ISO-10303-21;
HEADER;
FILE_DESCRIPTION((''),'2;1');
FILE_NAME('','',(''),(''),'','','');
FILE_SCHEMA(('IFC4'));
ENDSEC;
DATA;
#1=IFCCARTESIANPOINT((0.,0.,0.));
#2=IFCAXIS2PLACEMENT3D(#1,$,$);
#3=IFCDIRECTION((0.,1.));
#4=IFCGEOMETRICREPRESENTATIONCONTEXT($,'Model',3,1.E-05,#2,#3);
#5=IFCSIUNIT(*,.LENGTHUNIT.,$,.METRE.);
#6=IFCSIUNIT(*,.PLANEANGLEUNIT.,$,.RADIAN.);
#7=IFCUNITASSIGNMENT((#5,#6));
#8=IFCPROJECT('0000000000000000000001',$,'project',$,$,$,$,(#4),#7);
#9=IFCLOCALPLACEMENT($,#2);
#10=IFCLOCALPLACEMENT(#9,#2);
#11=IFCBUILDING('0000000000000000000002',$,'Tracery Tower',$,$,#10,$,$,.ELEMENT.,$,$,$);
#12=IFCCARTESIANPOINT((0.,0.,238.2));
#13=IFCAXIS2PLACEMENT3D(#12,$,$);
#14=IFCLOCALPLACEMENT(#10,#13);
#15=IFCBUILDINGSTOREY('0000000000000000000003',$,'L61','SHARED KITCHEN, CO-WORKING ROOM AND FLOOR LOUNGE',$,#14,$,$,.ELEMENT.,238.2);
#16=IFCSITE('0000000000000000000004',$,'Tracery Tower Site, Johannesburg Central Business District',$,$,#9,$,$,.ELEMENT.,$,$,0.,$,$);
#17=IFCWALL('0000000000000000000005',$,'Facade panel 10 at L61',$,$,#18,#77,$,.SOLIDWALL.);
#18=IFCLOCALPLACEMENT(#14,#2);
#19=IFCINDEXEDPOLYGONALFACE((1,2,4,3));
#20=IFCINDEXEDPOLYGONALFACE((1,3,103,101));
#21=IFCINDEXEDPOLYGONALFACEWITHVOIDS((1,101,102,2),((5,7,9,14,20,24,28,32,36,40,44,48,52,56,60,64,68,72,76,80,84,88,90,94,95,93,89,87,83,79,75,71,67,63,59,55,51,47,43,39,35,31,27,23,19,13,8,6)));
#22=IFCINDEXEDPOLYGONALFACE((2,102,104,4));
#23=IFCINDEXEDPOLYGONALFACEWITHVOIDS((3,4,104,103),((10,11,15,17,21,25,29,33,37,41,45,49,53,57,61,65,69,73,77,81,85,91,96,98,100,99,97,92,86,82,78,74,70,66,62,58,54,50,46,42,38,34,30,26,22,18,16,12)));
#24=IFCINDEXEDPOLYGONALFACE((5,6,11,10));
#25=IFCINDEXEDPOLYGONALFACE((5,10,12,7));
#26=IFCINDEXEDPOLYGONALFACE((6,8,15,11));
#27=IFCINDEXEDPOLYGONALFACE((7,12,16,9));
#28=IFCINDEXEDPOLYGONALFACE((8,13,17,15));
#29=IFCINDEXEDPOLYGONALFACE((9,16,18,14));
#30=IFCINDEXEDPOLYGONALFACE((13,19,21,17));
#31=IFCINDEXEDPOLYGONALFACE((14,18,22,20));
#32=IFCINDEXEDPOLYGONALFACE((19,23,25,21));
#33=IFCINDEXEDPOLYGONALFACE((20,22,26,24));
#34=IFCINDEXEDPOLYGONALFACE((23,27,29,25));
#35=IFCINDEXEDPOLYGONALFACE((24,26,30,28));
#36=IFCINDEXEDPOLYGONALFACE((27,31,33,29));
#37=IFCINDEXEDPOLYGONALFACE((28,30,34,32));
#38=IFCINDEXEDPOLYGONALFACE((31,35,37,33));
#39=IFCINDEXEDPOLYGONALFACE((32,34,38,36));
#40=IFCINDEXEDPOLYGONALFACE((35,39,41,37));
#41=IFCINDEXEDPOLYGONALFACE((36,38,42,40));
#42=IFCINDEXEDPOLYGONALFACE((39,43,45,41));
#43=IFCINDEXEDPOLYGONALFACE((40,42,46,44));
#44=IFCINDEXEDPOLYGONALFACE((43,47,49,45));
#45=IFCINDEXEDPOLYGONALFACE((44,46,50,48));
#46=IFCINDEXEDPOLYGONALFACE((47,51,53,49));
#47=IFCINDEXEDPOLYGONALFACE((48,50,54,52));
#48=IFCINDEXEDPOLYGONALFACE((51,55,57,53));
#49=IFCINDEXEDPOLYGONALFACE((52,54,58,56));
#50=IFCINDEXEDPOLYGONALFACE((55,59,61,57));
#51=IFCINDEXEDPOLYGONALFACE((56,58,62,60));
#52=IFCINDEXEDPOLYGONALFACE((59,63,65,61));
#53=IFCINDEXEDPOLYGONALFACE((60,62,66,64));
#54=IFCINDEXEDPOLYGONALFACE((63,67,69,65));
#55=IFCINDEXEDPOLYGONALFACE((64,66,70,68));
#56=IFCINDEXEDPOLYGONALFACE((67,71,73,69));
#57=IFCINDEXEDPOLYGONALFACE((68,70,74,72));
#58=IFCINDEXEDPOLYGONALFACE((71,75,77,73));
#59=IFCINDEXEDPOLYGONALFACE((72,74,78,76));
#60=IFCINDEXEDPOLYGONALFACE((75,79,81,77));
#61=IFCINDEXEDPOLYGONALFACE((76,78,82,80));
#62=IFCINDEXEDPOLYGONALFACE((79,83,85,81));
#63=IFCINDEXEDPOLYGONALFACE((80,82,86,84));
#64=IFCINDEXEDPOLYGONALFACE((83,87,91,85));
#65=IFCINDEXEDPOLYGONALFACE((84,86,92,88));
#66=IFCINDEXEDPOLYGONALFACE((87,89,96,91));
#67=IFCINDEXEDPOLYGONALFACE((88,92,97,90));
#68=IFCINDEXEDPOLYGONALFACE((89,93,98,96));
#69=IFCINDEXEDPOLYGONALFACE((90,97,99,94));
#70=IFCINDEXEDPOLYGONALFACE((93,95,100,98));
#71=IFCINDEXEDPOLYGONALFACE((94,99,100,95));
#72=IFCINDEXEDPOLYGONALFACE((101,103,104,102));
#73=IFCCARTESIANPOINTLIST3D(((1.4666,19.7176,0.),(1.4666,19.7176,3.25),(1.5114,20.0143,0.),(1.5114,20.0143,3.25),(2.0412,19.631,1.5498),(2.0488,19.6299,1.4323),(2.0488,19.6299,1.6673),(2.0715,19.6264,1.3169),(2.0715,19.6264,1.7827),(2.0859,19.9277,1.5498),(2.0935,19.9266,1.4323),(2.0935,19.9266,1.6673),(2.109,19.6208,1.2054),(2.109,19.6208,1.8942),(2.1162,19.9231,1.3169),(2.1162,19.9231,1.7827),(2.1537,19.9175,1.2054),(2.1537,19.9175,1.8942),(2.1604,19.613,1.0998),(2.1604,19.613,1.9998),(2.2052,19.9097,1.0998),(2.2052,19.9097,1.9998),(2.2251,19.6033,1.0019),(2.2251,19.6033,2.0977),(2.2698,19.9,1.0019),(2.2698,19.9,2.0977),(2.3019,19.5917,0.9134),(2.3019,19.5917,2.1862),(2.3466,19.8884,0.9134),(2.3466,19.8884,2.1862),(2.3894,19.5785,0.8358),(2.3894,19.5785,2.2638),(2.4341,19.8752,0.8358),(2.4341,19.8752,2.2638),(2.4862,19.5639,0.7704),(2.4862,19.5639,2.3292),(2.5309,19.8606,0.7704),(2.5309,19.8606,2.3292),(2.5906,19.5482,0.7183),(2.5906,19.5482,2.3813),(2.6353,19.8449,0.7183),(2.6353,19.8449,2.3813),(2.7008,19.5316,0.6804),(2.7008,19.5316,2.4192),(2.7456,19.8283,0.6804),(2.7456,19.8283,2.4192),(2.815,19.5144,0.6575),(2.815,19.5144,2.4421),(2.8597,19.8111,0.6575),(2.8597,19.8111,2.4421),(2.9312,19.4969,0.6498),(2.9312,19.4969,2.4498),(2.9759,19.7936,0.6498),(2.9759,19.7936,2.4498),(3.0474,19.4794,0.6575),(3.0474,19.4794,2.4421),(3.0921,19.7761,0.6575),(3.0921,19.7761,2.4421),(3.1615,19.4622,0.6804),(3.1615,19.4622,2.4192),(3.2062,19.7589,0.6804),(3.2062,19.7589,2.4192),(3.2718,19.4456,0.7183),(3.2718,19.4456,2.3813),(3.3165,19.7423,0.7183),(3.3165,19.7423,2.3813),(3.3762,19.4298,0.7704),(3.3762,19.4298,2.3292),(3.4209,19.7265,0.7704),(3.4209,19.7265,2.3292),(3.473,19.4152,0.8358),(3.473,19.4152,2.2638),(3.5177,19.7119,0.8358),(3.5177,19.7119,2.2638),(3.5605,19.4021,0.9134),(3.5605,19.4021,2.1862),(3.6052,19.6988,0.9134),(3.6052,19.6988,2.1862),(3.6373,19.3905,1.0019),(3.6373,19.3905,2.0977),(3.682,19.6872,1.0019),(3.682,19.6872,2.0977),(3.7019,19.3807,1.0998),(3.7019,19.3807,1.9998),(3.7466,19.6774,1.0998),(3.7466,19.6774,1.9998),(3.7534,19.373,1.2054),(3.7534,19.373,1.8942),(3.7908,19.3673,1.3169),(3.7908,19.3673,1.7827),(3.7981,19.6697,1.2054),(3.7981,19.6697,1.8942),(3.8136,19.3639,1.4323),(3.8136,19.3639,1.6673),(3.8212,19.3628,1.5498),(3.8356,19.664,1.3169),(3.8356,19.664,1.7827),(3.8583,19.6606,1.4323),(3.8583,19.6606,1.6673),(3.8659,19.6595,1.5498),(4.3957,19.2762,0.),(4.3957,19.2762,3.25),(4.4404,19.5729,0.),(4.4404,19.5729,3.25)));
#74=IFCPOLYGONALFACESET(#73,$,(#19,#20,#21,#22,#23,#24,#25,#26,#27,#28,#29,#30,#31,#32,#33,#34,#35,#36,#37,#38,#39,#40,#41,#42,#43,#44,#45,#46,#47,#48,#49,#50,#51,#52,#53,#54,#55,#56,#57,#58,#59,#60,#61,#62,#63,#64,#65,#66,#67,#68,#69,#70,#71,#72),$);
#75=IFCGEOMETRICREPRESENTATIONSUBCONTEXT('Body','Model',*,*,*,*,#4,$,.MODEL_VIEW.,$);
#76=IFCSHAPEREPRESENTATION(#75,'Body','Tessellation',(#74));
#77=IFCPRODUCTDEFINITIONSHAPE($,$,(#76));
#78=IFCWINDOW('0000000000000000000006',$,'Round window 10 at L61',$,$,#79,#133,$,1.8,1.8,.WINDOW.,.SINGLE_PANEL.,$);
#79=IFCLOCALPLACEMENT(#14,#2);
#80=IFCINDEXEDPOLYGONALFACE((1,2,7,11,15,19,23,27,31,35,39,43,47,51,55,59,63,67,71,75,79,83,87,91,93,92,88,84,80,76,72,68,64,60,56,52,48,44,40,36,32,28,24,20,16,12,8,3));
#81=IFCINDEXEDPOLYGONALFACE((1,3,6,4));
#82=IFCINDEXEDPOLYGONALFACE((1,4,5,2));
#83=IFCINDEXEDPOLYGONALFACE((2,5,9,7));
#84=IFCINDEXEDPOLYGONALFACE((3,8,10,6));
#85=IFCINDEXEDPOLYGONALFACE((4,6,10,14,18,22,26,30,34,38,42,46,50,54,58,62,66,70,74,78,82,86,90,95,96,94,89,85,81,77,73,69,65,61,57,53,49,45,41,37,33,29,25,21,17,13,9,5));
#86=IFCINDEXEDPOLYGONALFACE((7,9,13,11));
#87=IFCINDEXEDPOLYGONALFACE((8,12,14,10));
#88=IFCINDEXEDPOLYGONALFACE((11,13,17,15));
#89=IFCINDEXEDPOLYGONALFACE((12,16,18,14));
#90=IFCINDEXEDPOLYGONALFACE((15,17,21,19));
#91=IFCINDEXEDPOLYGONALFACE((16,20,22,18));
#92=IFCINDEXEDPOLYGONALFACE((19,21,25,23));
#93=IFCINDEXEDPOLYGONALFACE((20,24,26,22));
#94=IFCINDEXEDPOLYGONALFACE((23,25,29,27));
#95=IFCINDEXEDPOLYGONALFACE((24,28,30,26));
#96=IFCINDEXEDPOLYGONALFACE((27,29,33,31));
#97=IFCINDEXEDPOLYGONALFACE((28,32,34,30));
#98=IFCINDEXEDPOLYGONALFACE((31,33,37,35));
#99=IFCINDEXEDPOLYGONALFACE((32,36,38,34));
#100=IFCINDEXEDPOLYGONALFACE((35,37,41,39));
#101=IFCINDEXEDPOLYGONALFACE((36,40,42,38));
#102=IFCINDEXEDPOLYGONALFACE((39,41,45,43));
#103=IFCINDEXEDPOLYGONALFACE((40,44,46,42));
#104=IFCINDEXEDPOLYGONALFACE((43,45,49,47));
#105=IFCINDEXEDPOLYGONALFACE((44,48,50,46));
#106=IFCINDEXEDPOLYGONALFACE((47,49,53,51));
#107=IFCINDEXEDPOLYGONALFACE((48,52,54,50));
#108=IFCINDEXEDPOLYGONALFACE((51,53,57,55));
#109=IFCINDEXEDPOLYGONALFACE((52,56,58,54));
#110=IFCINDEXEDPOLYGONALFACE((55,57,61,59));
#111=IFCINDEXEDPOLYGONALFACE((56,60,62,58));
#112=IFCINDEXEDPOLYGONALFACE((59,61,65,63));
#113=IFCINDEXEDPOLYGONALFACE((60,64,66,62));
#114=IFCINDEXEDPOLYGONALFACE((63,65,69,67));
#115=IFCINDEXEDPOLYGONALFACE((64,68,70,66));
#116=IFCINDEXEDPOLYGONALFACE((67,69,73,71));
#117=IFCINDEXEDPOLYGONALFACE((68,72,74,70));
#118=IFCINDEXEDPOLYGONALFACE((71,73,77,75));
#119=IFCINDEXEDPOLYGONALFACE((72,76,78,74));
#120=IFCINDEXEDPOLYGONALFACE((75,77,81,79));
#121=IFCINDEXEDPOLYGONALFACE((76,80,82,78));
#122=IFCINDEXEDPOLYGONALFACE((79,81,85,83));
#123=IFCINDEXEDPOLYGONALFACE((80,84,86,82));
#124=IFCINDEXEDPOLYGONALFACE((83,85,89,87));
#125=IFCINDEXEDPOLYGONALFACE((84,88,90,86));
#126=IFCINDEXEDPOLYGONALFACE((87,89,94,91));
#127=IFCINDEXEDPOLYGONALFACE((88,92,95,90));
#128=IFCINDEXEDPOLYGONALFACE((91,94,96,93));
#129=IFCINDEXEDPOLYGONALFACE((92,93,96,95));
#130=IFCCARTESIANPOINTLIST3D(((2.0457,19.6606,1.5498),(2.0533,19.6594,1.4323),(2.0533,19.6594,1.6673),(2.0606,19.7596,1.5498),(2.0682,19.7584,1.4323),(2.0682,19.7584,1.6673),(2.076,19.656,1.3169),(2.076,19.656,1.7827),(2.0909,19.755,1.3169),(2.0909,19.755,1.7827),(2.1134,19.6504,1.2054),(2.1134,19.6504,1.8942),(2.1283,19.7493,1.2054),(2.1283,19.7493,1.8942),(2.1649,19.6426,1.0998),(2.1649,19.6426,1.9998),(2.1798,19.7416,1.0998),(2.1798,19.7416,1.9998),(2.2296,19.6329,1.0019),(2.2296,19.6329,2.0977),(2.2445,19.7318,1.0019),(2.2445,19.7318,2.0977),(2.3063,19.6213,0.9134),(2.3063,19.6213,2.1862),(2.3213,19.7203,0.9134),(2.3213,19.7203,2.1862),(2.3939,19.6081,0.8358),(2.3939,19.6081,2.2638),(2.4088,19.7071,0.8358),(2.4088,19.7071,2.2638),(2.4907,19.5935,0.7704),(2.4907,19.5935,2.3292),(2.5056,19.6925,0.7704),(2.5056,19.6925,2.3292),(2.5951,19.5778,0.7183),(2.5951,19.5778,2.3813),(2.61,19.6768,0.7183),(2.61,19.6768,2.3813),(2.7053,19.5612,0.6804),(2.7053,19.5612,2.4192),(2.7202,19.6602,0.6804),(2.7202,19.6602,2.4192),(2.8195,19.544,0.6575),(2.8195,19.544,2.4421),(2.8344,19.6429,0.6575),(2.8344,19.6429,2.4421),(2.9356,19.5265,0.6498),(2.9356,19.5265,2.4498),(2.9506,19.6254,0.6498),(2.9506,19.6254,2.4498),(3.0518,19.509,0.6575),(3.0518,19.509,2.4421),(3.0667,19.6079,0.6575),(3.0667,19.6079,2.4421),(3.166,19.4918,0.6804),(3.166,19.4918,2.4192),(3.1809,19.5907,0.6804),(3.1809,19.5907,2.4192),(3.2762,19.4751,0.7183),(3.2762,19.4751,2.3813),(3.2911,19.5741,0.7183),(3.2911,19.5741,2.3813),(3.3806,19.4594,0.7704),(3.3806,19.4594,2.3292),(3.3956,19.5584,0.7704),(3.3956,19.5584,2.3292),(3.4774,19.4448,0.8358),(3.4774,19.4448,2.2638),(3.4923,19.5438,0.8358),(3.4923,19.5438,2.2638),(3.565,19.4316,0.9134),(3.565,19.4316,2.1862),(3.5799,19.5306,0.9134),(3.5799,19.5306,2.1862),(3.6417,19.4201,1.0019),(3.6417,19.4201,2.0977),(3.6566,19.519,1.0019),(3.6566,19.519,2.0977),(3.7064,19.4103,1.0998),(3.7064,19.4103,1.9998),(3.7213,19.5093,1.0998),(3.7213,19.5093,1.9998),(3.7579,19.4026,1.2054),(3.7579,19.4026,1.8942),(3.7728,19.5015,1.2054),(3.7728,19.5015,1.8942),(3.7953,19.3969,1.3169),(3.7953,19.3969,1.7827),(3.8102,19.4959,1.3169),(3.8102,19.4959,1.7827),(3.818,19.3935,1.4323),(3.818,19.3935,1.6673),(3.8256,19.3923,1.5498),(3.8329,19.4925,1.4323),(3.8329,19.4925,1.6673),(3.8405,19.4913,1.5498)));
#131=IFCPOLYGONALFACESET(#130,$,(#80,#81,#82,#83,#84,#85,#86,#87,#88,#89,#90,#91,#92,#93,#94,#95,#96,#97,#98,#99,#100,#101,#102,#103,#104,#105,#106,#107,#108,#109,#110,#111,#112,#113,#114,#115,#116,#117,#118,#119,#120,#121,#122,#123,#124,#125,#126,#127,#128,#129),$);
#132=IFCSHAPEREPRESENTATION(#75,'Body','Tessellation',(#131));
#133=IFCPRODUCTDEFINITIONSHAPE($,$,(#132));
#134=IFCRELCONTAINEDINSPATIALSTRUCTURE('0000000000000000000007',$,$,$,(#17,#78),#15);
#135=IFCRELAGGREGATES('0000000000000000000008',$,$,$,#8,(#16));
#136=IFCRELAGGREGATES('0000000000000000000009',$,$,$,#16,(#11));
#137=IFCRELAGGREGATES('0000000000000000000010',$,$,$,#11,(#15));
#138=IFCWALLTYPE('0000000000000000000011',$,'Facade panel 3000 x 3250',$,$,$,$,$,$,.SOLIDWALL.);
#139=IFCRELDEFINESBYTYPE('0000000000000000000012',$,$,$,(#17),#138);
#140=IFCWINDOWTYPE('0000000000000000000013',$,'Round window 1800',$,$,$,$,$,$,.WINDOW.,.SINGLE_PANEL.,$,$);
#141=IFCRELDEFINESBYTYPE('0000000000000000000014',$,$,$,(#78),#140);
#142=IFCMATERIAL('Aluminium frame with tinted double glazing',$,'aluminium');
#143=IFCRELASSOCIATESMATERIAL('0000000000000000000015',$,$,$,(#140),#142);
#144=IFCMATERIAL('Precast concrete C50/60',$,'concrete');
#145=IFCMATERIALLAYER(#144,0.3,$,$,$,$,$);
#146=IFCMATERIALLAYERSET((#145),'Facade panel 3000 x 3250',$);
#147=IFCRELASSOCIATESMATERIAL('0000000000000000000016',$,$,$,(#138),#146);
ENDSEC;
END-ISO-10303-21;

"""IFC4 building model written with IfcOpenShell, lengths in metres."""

from ifc_helpers import new_model, si_unit, direction, frame, frame_2d, origin, origin_2d, place, context, subcontext, project, spatial, rectangle, circle, extrude, material, layer, layer_set, type_object, element, fill, save


model = new_model("IFC4")

# Units and contexts
model_context = context("Model", 3, precision=1e-05, world=origin(), true_north=direction((0.0, 1.0)))
body_context = subcontext(model_context, "Body", "Model", "MODEL_VIEW")
ifc_project = project(units=[si_unit("LENGTHUNIT", "METRE"), si_unit("PLANEANGLEUNIT", "RADIAN")], contexts=[model_context])

# Site, building, storey
site_placement = place(None, origin())
site = spatial("IfcSite", under=ifc_project, at=site_placement, Name="Tracery Tower Site, Johannesburg Central Business District", CompositionType="ELEMENT", RefElevation=0.0)
building_placement = place(site_placement, origin())
building = spatial("IfcBuilding", under=site, at=building_placement, Name="Tracery Tower", CompositionType="ELEMENT")
storey_placement = place(building_placement, frame((0.0, 0.0, 238.2)))
storey = spatial("IfcBuildingStorey", under=building, at=storey_placement, Name="L61", Description="SHARED KITCHEN, CO-WORKING ROOM AND FLOOR LOUNGE", CompositionType="ELEMENT", Elevation=238.2)

# Wall, opening, window
ifc_material_1 = material(Name="Aluminium frame with tinted double glazing", Category="aluminium")
window_type = type_object("IfcWindowType", Name="Round window 1800", PartitioningType="SINGLE_PANEL", PredefinedType="WINDOW", material=ifc_material_1)
ifc_material_2 = material(Name="Precast concrete C50/60", Category="concrete")
ifc_layer_1 = layer(ifc_material_2, 0.3)
ifc_layer_set_1 = layer_set([ifc_layer_1], Name="Facade panel 3000 x 3250")
wall_type_1 = type_object("IfcWallType", Name="Facade panel 3000 x 3250", PredefinedType="SOLIDWALL", material=ifc_layer_set_1)
wall_1_placement = place(storey_placement, frame((4.418, 19.4246, 0.0), z_axis=(0.0, 0.0, 1.0), x_axis=(-0.988836, 0.149009, 0.0)))
wall_1 = element("IfcWall", 1, at=wall_1_placement, inside=storey, type_object=wall_type_1, Name="Facade panel 10 at L61", PredefinedType="SOLIDWALL", context=body_context, shape_type="SweptSolid", body=[
    extrude(rectangle(XDim=2.9622, YDim=0.3, at=frame_2d((1.481, 0.0))), origin(), (0.0, 0.0, 1.0), 3.25),
])
opening_1_placement = place(wall_1_placement, frame((1.481, 0.0, 1.5498)))
opening_1 = element("IfcOpeningElement", 2, at=opening_1_placement, cuts=wall_1, PredefinedType="OPENING", context=body_context, shape_type="SweptSolid", body=[
    extrude(circle(Radius=0.9, at=origin_2d()), frame((0.0, 0.1599, 0.0), z_axis=(0.0, -1.0, 0.0), x_axis=(1.0, 0.0, 0.0)), (0.0, 0.0, 1.0), 0.3201),
])
window_1_placement = place(opening_1_placement, origin())
window_1 = element("IfcWindow", 3, at=window_1_placement, inside=storey, type_object=window_type, Name="Round window 10 at L61", OverallHeight=1.8, OverallWidth=1.8, PartitioningType="SINGLE_PANEL", PredefinedType="WINDOW", context=body_context, shape_type="SweptSolid", body=[
    extrude(circle(Radius=0.9, at=origin_2d()), frame((0.0, 0.1201, 0.0), z_axis=(0.0, -1.0, 0.0), x_axis=(1.0, 0.0, 0.0)), (0.0, 0.0, 1.0), 0.1001),
])
fill(opening_1, window_1)

save(model, "model.ifc")
